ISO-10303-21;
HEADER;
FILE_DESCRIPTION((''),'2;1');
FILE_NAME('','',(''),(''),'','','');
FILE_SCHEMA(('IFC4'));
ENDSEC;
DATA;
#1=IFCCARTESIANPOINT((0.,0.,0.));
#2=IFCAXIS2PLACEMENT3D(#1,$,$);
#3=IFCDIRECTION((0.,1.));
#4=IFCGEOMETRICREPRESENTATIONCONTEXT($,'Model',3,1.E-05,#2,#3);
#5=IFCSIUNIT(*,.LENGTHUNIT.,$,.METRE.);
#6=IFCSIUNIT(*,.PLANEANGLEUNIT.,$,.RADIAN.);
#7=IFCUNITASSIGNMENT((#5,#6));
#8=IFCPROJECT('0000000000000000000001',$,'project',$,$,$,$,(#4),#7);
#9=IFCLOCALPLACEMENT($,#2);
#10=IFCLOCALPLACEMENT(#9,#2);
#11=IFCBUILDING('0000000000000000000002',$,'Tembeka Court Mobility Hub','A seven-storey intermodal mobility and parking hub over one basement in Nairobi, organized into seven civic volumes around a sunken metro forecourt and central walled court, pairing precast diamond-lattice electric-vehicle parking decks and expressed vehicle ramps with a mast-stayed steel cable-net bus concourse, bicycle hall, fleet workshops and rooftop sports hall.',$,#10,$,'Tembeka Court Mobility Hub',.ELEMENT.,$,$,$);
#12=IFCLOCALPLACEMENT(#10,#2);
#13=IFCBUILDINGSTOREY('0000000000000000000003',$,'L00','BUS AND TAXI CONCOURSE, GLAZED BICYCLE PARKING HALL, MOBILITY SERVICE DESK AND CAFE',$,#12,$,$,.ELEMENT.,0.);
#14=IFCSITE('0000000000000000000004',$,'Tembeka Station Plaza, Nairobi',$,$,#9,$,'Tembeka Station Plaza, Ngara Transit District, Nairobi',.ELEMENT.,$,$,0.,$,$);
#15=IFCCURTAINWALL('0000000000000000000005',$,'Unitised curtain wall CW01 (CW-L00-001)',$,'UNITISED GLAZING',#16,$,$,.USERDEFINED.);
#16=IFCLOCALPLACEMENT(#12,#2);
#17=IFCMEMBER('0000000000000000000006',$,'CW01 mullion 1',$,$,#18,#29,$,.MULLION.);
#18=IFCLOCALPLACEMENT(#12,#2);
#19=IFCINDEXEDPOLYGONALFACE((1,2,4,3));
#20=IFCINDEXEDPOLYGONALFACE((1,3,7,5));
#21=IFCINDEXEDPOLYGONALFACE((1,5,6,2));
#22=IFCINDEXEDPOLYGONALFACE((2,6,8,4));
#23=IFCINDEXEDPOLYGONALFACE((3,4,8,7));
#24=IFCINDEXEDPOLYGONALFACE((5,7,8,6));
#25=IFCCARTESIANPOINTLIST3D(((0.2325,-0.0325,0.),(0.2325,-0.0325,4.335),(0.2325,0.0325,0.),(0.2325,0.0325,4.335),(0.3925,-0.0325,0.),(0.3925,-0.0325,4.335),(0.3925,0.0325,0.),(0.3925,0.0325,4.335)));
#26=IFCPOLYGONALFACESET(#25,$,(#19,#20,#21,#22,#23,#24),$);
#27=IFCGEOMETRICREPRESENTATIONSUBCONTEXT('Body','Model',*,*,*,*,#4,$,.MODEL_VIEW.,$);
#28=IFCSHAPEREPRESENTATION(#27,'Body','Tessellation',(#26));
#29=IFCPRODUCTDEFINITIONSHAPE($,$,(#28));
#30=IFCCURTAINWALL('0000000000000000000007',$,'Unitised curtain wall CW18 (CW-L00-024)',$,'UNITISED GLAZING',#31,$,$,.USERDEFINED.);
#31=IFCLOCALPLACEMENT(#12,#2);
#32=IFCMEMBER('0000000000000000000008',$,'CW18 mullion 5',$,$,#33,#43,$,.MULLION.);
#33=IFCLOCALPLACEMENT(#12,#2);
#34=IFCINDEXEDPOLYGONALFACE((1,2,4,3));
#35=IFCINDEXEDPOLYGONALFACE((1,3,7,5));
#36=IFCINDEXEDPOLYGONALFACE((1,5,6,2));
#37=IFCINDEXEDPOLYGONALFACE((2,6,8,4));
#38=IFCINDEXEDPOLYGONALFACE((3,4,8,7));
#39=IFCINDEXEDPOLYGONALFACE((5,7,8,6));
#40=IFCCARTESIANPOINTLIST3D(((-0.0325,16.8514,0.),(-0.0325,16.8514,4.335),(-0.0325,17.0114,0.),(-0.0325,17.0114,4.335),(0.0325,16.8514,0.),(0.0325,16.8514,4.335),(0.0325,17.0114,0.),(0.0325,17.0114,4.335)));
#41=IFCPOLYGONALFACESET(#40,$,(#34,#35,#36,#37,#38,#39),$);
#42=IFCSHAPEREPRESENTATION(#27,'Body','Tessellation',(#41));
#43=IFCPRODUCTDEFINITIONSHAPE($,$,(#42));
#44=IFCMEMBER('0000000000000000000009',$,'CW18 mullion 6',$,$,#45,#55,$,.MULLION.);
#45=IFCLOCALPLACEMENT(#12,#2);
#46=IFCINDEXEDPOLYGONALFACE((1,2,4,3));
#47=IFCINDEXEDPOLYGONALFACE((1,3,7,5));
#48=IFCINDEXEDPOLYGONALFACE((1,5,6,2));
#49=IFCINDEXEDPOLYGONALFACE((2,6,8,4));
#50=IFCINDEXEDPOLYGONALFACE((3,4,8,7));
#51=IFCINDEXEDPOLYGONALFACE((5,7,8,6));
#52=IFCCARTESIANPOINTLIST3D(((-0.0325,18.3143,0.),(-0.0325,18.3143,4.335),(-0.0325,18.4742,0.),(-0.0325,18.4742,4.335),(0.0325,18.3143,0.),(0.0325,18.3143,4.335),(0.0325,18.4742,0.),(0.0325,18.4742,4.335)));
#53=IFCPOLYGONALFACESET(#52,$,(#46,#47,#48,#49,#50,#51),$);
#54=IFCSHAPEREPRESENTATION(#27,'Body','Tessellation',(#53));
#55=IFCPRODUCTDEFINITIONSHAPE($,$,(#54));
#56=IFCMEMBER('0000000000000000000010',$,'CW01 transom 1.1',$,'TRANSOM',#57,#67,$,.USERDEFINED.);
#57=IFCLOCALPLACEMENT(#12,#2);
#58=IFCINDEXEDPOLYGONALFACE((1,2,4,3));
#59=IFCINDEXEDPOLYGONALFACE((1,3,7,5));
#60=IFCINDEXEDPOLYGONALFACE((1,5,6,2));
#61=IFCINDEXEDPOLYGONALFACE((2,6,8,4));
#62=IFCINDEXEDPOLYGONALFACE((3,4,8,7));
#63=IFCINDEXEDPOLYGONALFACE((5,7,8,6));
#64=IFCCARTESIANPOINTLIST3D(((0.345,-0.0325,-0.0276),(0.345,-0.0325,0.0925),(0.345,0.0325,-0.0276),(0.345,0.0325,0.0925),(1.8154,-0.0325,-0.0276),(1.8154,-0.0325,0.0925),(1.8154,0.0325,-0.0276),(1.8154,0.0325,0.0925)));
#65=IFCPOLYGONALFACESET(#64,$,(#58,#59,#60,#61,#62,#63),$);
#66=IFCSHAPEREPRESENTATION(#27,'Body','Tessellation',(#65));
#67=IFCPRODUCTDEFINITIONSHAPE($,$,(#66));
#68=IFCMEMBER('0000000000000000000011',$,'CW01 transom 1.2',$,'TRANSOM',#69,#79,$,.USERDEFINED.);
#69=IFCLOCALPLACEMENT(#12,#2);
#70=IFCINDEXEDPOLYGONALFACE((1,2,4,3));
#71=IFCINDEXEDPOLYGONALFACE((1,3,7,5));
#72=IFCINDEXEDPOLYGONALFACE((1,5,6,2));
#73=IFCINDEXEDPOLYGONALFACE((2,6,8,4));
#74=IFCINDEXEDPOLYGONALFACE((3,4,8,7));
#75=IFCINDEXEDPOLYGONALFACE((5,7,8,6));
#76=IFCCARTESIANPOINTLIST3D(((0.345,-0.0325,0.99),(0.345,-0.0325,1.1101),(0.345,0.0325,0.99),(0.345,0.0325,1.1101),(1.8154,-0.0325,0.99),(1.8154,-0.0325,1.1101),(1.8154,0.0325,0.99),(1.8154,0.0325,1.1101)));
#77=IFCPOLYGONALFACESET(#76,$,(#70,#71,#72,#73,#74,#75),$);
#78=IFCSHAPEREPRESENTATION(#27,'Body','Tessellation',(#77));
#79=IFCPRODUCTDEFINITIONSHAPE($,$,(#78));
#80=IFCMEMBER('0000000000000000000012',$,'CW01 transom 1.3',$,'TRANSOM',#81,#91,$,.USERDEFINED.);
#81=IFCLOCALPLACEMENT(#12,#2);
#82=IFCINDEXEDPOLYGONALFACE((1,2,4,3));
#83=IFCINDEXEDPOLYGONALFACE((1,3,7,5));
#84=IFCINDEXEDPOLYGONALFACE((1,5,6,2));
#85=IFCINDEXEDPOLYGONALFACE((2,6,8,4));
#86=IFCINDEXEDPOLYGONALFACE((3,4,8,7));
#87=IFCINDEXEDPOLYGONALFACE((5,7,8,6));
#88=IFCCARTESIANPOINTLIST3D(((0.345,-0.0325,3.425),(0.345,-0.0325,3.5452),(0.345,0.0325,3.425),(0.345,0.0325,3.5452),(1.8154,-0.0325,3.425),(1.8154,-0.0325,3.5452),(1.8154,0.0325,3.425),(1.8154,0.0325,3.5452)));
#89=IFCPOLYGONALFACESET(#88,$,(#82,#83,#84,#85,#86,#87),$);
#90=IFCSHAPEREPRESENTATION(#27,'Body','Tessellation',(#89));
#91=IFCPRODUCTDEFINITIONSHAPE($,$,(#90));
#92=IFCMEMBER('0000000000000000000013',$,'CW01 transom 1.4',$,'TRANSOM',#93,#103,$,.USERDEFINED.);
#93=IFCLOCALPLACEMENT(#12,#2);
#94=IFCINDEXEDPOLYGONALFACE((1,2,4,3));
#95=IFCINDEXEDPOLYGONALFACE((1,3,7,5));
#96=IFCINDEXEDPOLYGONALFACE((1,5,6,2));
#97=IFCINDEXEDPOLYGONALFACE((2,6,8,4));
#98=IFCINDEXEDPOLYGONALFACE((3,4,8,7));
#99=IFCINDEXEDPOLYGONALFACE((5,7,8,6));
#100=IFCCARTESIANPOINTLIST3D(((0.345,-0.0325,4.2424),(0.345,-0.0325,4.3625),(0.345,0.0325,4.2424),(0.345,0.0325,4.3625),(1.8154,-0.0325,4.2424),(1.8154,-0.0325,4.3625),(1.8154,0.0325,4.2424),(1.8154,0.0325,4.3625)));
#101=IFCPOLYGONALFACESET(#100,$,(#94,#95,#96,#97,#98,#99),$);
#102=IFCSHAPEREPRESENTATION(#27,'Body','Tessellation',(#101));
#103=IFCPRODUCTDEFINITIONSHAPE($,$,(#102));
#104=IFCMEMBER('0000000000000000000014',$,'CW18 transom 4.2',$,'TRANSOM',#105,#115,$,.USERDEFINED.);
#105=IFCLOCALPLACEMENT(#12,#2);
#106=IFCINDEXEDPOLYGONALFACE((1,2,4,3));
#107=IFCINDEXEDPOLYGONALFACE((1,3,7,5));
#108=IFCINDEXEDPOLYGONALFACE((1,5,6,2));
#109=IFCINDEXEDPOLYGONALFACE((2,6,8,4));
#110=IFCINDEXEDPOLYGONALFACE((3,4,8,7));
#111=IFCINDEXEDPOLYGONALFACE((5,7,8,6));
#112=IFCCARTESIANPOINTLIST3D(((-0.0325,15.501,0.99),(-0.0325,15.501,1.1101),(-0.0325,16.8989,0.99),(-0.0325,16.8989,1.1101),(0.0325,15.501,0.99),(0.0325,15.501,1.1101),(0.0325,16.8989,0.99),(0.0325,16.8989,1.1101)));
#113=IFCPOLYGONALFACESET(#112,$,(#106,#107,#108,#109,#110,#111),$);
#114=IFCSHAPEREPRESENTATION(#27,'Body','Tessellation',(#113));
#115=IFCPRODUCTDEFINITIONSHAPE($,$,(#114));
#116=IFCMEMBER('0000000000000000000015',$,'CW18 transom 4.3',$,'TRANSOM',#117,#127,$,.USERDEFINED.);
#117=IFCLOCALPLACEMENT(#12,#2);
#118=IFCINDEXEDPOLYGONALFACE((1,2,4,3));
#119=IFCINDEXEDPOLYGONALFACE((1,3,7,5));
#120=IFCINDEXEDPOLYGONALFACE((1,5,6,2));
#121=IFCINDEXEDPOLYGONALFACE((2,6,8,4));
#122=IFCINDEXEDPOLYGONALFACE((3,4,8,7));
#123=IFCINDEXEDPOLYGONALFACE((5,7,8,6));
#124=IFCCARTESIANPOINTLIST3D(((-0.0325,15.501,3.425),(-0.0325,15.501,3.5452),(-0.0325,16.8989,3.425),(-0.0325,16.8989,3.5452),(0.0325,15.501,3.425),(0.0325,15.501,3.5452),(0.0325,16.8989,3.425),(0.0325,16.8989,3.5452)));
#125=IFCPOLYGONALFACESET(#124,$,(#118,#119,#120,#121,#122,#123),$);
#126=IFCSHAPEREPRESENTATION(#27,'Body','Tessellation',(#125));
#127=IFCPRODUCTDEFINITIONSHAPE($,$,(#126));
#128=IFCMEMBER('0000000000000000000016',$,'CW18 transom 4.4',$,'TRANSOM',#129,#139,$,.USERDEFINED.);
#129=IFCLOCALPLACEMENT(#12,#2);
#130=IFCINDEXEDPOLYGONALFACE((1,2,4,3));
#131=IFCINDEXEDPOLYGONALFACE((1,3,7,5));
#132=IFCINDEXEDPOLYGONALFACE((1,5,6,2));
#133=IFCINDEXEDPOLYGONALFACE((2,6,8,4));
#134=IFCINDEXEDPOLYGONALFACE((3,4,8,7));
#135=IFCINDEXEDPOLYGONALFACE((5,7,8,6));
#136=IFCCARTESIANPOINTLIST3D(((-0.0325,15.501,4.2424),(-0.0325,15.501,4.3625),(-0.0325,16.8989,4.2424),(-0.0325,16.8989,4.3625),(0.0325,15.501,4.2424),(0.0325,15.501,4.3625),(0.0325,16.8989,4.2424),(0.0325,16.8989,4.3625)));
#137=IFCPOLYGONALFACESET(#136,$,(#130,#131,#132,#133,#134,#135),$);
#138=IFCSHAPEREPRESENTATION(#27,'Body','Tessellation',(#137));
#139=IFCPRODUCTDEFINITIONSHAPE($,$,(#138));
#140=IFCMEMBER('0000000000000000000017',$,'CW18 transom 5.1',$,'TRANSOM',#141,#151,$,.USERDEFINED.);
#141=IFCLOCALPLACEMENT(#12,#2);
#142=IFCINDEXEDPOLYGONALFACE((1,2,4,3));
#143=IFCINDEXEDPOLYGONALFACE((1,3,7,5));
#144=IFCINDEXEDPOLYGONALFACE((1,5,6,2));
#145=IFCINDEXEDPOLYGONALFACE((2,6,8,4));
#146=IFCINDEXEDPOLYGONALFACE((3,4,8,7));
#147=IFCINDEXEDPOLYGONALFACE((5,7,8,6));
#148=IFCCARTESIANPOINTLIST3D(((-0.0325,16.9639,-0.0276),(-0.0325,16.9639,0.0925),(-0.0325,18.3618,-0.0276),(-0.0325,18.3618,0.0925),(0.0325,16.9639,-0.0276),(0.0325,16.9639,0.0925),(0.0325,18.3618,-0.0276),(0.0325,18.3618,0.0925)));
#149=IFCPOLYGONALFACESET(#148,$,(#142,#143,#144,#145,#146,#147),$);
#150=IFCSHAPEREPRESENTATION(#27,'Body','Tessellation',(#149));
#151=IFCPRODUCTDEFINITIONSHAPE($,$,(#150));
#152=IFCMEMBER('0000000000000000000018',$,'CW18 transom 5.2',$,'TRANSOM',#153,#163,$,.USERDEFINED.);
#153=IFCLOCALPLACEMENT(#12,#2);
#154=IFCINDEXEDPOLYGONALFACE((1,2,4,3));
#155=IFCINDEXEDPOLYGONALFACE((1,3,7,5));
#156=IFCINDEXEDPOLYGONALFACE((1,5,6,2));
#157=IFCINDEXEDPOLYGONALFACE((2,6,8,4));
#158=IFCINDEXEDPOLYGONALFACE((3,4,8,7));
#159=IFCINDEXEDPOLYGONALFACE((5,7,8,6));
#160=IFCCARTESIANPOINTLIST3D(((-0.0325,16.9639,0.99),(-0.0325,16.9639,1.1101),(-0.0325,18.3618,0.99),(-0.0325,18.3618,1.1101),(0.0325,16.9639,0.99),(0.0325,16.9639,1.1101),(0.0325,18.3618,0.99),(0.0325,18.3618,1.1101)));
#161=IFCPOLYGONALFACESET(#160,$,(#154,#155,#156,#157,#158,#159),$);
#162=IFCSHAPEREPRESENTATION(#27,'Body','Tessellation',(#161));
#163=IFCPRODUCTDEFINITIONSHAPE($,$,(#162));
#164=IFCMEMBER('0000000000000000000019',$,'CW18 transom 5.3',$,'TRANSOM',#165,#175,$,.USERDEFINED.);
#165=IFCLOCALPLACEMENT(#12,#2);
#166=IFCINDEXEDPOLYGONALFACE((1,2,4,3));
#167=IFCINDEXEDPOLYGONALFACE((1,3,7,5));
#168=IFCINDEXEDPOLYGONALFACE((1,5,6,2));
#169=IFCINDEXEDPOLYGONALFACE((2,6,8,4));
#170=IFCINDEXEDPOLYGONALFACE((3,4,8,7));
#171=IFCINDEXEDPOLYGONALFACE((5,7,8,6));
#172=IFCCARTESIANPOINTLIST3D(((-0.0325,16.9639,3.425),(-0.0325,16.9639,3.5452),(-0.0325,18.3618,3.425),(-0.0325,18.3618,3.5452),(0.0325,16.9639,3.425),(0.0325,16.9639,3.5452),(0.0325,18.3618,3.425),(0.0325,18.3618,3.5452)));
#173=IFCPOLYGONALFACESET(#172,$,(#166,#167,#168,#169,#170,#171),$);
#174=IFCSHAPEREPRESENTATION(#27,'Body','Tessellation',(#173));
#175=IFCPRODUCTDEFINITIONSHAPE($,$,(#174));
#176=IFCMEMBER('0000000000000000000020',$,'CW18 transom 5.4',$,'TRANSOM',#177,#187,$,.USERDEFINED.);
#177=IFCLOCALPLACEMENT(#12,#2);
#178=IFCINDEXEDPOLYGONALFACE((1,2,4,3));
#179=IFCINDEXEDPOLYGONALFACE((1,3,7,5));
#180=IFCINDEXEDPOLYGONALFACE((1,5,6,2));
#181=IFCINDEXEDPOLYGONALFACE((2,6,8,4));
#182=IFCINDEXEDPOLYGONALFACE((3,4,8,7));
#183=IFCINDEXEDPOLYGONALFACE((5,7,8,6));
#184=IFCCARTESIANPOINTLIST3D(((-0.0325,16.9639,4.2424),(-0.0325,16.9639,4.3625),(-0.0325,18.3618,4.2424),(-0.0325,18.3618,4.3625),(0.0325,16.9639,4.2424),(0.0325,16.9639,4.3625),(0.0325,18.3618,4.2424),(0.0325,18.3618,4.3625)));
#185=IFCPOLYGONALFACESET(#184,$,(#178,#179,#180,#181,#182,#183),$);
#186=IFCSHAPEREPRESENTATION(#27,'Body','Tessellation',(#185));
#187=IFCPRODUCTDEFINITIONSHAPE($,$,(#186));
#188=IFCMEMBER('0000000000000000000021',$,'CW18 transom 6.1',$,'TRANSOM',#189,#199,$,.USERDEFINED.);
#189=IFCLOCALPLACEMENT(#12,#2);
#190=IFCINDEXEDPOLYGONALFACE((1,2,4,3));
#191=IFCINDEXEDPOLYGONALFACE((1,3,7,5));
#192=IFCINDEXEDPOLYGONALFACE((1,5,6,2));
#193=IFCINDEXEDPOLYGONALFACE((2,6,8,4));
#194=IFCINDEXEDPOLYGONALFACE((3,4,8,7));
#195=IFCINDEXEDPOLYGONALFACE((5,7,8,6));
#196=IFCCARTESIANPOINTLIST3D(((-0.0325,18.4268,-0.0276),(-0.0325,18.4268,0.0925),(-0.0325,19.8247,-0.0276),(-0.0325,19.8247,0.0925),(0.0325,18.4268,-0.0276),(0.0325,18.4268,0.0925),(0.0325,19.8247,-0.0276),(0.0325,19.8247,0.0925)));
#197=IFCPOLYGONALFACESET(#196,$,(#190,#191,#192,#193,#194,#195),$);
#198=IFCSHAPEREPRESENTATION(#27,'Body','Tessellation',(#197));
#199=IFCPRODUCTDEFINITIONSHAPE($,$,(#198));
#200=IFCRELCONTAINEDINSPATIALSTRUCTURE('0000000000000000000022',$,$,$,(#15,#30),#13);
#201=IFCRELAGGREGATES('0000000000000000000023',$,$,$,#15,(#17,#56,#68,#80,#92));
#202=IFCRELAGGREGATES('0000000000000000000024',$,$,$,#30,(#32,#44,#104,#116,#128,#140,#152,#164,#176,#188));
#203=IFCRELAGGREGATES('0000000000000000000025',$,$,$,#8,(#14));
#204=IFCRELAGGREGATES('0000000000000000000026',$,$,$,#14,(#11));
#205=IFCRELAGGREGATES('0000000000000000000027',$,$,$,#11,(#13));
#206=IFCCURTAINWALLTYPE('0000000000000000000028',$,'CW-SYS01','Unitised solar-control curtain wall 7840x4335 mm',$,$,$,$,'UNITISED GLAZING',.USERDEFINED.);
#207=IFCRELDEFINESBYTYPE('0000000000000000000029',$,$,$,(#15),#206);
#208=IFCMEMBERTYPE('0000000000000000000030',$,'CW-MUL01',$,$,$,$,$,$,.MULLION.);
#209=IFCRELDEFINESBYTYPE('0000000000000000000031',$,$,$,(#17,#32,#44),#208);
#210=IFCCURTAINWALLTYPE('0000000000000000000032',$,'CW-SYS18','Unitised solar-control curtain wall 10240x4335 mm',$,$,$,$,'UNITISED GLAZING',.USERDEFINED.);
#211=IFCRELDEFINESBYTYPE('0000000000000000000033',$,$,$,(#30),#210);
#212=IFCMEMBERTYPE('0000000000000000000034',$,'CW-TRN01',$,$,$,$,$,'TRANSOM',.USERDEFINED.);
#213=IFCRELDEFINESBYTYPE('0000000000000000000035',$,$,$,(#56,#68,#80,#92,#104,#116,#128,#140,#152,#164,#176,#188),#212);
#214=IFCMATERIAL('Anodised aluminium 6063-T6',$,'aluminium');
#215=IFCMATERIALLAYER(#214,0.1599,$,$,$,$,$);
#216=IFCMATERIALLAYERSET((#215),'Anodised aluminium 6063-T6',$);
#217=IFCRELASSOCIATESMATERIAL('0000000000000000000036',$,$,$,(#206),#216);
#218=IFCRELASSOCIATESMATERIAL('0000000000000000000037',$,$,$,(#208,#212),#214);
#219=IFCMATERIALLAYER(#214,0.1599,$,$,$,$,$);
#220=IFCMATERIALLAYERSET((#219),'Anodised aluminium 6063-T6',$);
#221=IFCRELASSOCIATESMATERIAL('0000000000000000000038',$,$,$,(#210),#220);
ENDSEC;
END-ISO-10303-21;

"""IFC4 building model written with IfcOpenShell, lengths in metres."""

from ifc_helpers import new_model, si_unit, direction, frame, origin, origin_2d, place, context, subcontext, project, spatial, rectangle, extrude, material, layer, layer_set, material_profile, profile_set, type_object, element, aggregate, save


model = new_model("IFC4")

# Units and contexts
model_context = context("Model", 3, precision=1e-05, world=origin(), true_north=direction((0.0, 1.0)))
body_context = subcontext(model_context, "Body", "Model", "MODEL_VIEW")
ifc_project = project(units=[si_unit("LENGTHUNIT", "METRE"), si_unit("PLANEANGLEUNIT", "RADIAN")], contexts=[model_context])

# Site, building, storey
site_placement = place(None, origin())
site = spatial("IfcSite", under=ifc_project, at=site_placement, Name="Tembeka Station Plaza, Nairobi", LongName="Tembeka Station Plaza, Ngara Transit District, Nairobi", CompositionType="ELEMENT", RefElevation=0.0)
building_placement = place(site_placement, origin())
building = spatial("IfcBuilding", under=site, at=building_placement, Name="Tembeka Court Mobility Hub", Description="A seven-storey intermodal mobility and parking hub over one basement in Nairobi, organized into seven civic volumes around a sunken metro forecourt and central walled court, pairing precast diamond-lattice electric-vehicle parking decks and expressed vehicle ramps with a mast-stayed steel cable-net bus concourse, bicycle hall, fleet workshops and rooftop sports hall.", LongName="Tembeka Court Mobility Hub", CompositionType="ELEMENT")
storey_placement = place(building_placement, origin())
storey = spatial("IfcBuildingStorey", under=building, at=storey_placement, Name="L00", Description="BUS AND TAXI CONCOURSE, GLAZED BICYCLE PARKING HALL, MOBILITY SERVICE DESK AND CAFE", CompositionType="ELEMENT", Elevation=0.0)

# Curtain wall, member
ifc_material_1 = material(Name="Anodised aluminium 6063-T6", Category="aluminium")
ifc_layer_1 = layer(ifc_material_1, 0.1599)
ifc_layer_set_1 = layer_set([ifc_layer_1], Name="Anodised aluminium 6063-T6")
curtain_wall_type_1 = type_object("IfcCurtainWallType", Name="CW-SYS01", Description="Unitised solar-control curtain wall 7840x4335 mm", ElementType="UNITISED GLAZING", PredefinedType="USERDEFINED", material=ifc_layer_set_1)
curtain_wall_1_placement = place(storey_placement, origin())
curtain_wall_1 = element("IfcCurtainWall", 1, at=curtain_wall_1_placement, inside=storey, type_object=curtain_wall_type_1, Name="Unitised curtain wall CW01 (CW-L00-001)", ObjectType="UNITISED GLAZING", PredefinedType="USERDEFINED")
ifc_material_profile_1 = material_profile(ifc_material_1, rectangle(XDim=0.0649, YDim=0.1599, at=origin_2d()), Name="ALU-MUL 65x160")
ifc_profile_set_1 = profile_set([ifc_material_profile_1], Name="Anodised aluminium 6063-T6")
member_type_1 = type_object("IfcMemberType", Name="CW-MUL01", PredefinedType="MULLION", material=ifc_profile_set_1)
member_1_placement = place(storey_placement, frame((0.3125, 0.0, 0.0), z_axis=(0.0, 0.0, 1.0), x_axis=(0.0, 1.0, 0.0)))
member_1 = element("IfcMember", 2, at=member_1_placement, type_object=member_type_1, Name="CW01 mullion 1", PredefinedType="MULLION", context=body_context, shape_type="SweptSolid", body=[
    extrude(rectangle(XDim=0.0649, YDim=0.1599, at=origin_2d()), origin(), (0.0, 0.0, 1.0), 4.335),
])

# Curtain wall, members
ifc_layer_2 = layer(ifc_material_1, 0.1599)
ifc_layer_set_2 = layer_set([ifc_layer_2], Name="Anodised aluminium 6063-T6")
curtain_wall_type_2 = type_object("IfcCurtainWallType", Name="CW-SYS18", Description="Unitised solar-control curtain wall 10240x4335 mm", ElementType="UNITISED GLAZING", PredefinedType="USERDEFINED", material=ifc_layer_set_2)
curtain_wall_2_placement = place(storey_placement, origin())
curtain_wall_2 = element("IfcCurtainWall", 3, at=curtain_wall_2_placement, inside=storey, type_object=curtain_wall_type_2, Name="Unitised curtain wall CW18 (CW-L00-024)", ObjectType="UNITISED GLAZING", PredefinedType="USERDEFINED")
member_2_placement = place(storey_placement, frame((0.0, 16.9314, 0.0), z_axis=(0.0, 0.0, 1.0), x_axis=(-1.0, 0.0, 0.0)))
member_2 = element("IfcMember", 4, at=member_2_placement, type_object=member_type_1, Name="CW18 mullion 5", PredefinedType="MULLION", context=body_context, shape_type="SweptSolid", body=[
    extrude(rectangle(XDim=0.0649, YDim=0.1599, at=origin_2d()), origin(), (0.0, 0.0, 1.0), 4.335),
])
member_3_placement = place(storey_placement, frame((0.0, 18.3943, 0.0), z_axis=(0.0, 0.0, 1.0), x_axis=(-1.0, 0.0, 0.0)))
member_3 = element("IfcMember", 5, at=member_3_placement, type_object=member_type_1, Name="CW18 mullion 6", PredefinedType="MULLION", context=body_context, shape_type="SweptSolid", body=[
    extrude(rectangle(XDim=0.0649, YDim=0.1599, at=origin_2d()), origin(), (0.0, 0.0, 1.0), 4.335),
])

# Members
ifc_material_profile_2 = material_profile(ifc_material_1, rectangle(XDim=0.0649, YDim=0.1201, at=origin_2d()), Name="ALU-TRN 65x120")
ifc_profile_set_2 = profile_set([ifc_material_profile_2], Name="Anodised aluminium 6063-T6")
member_type_2 = type_object("IfcMemberType", Name="CW-TRN01", ElementType="TRANSOM", PredefinedType="USERDEFINED", material=ifc_profile_set_2)
member_4_placement = place(storey_placement, frame((0.345, 0.0, 0.0325), z_axis=(1.0, 0.0, 0.0), x_axis=(0.0, 1.0, 0.0)))
member_4 = element("IfcMember", 6, at=member_4_placement, type_object=member_type_2, Name="CW01 transom 1.1", ObjectType="TRANSOM", PredefinedType="USERDEFINED", context=body_context, shape_type="SweptSolid", body=[
    extrude(rectangle(XDim=0.0649, YDim=0.1201, at=origin_2d()), origin(), (0.0, 0.0, 1.0), 1.4705),
])
member_5_placement = place(storey_placement, frame((0.345, 0.0, 1.05), z_axis=(1.0, 0.0, 0.0), x_axis=(0.0, 1.0, 0.0)))
member_5 = element("IfcMember", 7, at=member_5_placement, type_object=member_type_2, Name="CW01 transom 1.2", ObjectType="TRANSOM", PredefinedType="USERDEFINED", context=body_context, shape_type="SweptSolid", body=[
    extrude(rectangle(XDim=0.0649, YDim=0.1201, at=origin_2d()), origin(), (0.0, 0.0, 1.0), 1.4705),
])
member_6_placement = place(storey_placement, frame((0.345, 0.0, 3.4851), z_axis=(1.0, 0.0, 0.0), x_axis=(0.0, 1.0, 0.0)))
member_6 = element("IfcMember", 8, at=member_6_placement, type_object=member_type_2, Name="CW01 transom 1.3", ObjectType="TRANSOM", PredefinedType="USERDEFINED", context=body_context, shape_type="SweptSolid", body=[
    extrude(rectangle(XDim=0.0649, YDim=0.1201, at=origin_2d()), origin(), (0.0, 0.0, 1.0), 1.4705),
])
member_7_placement = place(storey_placement, frame((0.345, 0.0, 4.3025), z_axis=(1.0, 0.0, 0.0), x_axis=(0.0, 1.0, 0.0)))
member_7 = element("IfcMember", 9, at=member_7_placement, type_object=member_type_2, Name="CW01 transom 1.4", ObjectType="TRANSOM", PredefinedType="USERDEFINED", context=body_context, shape_type="SweptSolid", body=[
    extrude(rectangle(XDim=0.0649, YDim=0.1201, at=origin_2d()), origin(), (0.0, 0.0, 1.0), 1.4705),
])
member_8_placement = place(storey_placement, frame((0.0, 15.501, 1.05), z_axis=(0.0, 1.0, 0.0), x_axis=(-1.0, 0.0, 0.0)))
member_8 = element("IfcMember", 10, at=member_8_placement, type_object=member_type_2, Name="CW18 transom 4.2", ObjectType="TRANSOM", PredefinedType="USERDEFINED", context=body_context, shape_type="SweptSolid", body=[
    extrude(rectangle(XDim=0.0649, YDim=0.1201, at=origin_2d()), origin(), (0.0, 0.0, 1.0), 1.3979),
])
member_9_placement = place(storey_placement, frame((0.0, 15.501, 3.4851), z_axis=(0.0, 1.0, 0.0), x_axis=(-1.0, 0.0, 0.0)))
member_9 = element("IfcMember", 11, at=member_9_placement, type_object=member_type_2, Name="CW18 transom 4.3", ObjectType="TRANSOM", PredefinedType="USERDEFINED", context=body_context, shape_type="SweptSolid", body=[
    extrude(rectangle(XDim=0.0649, YDim=0.1201, at=origin_2d()), origin(), (0.0, 0.0, 1.0), 1.3979),
])
member_10_placement = place(storey_placement, frame((0.0, 15.501, 4.3025), z_axis=(0.0, 1.0, 0.0), x_axis=(-1.0, 0.0, 0.0)))
member_10 = element("IfcMember", 12, at=member_10_placement, type_object=member_type_2, Name="CW18 transom 4.4", ObjectType="TRANSOM", PredefinedType="USERDEFINED", context=body_context, shape_type="SweptSolid", body=[
    extrude(rectangle(XDim=0.0649, YDim=0.1201, at=origin_2d()), origin(), (0.0, 0.0, 1.0), 1.3979),
])
member_11_placement = place(storey_placement, frame((0.0, 16.9639, 0.0325), z_axis=(0.0, 1.0, 0.0), x_axis=(-1.0, 0.0, 0.0)))
member_11 = element("IfcMember", 13, at=member_11_placement, type_object=member_type_2, Name="CW18 transom 5.1", ObjectType="TRANSOM", PredefinedType="USERDEFINED", context=body_context, shape_type="SweptSolid", body=[
    extrude(rectangle(XDim=0.0649, YDim=0.1201, at=origin_2d()), origin(), (0.0, 0.0, 1.0), 1.3979),
])
member_12_placement = place(storey_placement, frame((0.0, 16.9639, 1.05), z_axis=(0.0, 1.0, 0.0), x_axis=(-1.0, 0.0, 0.0)))
member_12 = element("IfcMember", 14, at=member_12_placement, type_object=member_type_2, Name="CW18 transom 5.2", ObjectType="TRANSOM", PredefinedType="USERDEFINED", context=body_context, shape_type="SweptSolid", body=[
    extrude(rectangle(XDim=0.0649, YDim=0.1201, at=origin_2d()), origin(), (0.0, 0.0, 1.0), 1.3979),
])
member_13_placement = place(storey_placement, frame((0.0, 16.9639, 3.4851), z_axis=(0.0, 1.0, 0.0), x_axis=(-1.0, 0.0, 0.0)))
member_13 = element("IfcMember", 15, at=member_13_placement, type_object=member_type_2, Name="CW18 transom 5.3", ObjectType="TRANSOM", PredefinedType="USERDEFINED", context=body_context, shape_type="SweptSolid", body=[
    extrude(rectangle(XDim=0.0649, YDim=0.1201, at=origin_2d()), origin(), (0.0, 0.0, 1.0), 1.3979),
])
member_14_placement = place(storey_placement, frame((0.0, 16.9639, 4.3025), z_axis=(0.0, 1.0, 0.0), x_axis=(-1.0, 0.0, 0.0)))
member_14 = element("IfcMember", 16, at=member_14_placement, type_object=member_type_2, Name="CW18 transom 5.4", ObjectType="TRANSOM", PredefinedType="USERDEFINED", context=body_context, shape_type="SweptSolid", body=[
    extrude(rectangle(XDim=0.0649, YDim=0.1201, at=origin_2d()), origin(), (0.0, 0.0, 1.0), 1.3979),
])
member_15_placement = place(storey_placement, frame((0.0, 18.4268, 0.0325), z_axis=(0.0, 1.0, 0.0), x_axis=(-1.0, 0.0, 0.0)))
member_15 = element("IfcMember", 17, at=member_15_placement, type_object=member_type_2, Name="CW18 transom 6.1", ObjectType="TRANSOM", PredefinedType="USERDEFINED", context=body_context, shape_type="SweptSolid", body=[
    extrude(rectangle(XDim=0.0649, YDim=0.1201, at=origin_2d()), origin(), (0.0, 0.0, 1.0), 1.3979),
])

aggregate(curtain_wall_1, [member_1, member_4, member_5, member_6, member_7])
aggregate(curtain_wall_2, [member_2, member_3, member_8, member_9, member_10, member_11, member_12, member_13, member_14, member_15])

save(model, "model.ifc")
